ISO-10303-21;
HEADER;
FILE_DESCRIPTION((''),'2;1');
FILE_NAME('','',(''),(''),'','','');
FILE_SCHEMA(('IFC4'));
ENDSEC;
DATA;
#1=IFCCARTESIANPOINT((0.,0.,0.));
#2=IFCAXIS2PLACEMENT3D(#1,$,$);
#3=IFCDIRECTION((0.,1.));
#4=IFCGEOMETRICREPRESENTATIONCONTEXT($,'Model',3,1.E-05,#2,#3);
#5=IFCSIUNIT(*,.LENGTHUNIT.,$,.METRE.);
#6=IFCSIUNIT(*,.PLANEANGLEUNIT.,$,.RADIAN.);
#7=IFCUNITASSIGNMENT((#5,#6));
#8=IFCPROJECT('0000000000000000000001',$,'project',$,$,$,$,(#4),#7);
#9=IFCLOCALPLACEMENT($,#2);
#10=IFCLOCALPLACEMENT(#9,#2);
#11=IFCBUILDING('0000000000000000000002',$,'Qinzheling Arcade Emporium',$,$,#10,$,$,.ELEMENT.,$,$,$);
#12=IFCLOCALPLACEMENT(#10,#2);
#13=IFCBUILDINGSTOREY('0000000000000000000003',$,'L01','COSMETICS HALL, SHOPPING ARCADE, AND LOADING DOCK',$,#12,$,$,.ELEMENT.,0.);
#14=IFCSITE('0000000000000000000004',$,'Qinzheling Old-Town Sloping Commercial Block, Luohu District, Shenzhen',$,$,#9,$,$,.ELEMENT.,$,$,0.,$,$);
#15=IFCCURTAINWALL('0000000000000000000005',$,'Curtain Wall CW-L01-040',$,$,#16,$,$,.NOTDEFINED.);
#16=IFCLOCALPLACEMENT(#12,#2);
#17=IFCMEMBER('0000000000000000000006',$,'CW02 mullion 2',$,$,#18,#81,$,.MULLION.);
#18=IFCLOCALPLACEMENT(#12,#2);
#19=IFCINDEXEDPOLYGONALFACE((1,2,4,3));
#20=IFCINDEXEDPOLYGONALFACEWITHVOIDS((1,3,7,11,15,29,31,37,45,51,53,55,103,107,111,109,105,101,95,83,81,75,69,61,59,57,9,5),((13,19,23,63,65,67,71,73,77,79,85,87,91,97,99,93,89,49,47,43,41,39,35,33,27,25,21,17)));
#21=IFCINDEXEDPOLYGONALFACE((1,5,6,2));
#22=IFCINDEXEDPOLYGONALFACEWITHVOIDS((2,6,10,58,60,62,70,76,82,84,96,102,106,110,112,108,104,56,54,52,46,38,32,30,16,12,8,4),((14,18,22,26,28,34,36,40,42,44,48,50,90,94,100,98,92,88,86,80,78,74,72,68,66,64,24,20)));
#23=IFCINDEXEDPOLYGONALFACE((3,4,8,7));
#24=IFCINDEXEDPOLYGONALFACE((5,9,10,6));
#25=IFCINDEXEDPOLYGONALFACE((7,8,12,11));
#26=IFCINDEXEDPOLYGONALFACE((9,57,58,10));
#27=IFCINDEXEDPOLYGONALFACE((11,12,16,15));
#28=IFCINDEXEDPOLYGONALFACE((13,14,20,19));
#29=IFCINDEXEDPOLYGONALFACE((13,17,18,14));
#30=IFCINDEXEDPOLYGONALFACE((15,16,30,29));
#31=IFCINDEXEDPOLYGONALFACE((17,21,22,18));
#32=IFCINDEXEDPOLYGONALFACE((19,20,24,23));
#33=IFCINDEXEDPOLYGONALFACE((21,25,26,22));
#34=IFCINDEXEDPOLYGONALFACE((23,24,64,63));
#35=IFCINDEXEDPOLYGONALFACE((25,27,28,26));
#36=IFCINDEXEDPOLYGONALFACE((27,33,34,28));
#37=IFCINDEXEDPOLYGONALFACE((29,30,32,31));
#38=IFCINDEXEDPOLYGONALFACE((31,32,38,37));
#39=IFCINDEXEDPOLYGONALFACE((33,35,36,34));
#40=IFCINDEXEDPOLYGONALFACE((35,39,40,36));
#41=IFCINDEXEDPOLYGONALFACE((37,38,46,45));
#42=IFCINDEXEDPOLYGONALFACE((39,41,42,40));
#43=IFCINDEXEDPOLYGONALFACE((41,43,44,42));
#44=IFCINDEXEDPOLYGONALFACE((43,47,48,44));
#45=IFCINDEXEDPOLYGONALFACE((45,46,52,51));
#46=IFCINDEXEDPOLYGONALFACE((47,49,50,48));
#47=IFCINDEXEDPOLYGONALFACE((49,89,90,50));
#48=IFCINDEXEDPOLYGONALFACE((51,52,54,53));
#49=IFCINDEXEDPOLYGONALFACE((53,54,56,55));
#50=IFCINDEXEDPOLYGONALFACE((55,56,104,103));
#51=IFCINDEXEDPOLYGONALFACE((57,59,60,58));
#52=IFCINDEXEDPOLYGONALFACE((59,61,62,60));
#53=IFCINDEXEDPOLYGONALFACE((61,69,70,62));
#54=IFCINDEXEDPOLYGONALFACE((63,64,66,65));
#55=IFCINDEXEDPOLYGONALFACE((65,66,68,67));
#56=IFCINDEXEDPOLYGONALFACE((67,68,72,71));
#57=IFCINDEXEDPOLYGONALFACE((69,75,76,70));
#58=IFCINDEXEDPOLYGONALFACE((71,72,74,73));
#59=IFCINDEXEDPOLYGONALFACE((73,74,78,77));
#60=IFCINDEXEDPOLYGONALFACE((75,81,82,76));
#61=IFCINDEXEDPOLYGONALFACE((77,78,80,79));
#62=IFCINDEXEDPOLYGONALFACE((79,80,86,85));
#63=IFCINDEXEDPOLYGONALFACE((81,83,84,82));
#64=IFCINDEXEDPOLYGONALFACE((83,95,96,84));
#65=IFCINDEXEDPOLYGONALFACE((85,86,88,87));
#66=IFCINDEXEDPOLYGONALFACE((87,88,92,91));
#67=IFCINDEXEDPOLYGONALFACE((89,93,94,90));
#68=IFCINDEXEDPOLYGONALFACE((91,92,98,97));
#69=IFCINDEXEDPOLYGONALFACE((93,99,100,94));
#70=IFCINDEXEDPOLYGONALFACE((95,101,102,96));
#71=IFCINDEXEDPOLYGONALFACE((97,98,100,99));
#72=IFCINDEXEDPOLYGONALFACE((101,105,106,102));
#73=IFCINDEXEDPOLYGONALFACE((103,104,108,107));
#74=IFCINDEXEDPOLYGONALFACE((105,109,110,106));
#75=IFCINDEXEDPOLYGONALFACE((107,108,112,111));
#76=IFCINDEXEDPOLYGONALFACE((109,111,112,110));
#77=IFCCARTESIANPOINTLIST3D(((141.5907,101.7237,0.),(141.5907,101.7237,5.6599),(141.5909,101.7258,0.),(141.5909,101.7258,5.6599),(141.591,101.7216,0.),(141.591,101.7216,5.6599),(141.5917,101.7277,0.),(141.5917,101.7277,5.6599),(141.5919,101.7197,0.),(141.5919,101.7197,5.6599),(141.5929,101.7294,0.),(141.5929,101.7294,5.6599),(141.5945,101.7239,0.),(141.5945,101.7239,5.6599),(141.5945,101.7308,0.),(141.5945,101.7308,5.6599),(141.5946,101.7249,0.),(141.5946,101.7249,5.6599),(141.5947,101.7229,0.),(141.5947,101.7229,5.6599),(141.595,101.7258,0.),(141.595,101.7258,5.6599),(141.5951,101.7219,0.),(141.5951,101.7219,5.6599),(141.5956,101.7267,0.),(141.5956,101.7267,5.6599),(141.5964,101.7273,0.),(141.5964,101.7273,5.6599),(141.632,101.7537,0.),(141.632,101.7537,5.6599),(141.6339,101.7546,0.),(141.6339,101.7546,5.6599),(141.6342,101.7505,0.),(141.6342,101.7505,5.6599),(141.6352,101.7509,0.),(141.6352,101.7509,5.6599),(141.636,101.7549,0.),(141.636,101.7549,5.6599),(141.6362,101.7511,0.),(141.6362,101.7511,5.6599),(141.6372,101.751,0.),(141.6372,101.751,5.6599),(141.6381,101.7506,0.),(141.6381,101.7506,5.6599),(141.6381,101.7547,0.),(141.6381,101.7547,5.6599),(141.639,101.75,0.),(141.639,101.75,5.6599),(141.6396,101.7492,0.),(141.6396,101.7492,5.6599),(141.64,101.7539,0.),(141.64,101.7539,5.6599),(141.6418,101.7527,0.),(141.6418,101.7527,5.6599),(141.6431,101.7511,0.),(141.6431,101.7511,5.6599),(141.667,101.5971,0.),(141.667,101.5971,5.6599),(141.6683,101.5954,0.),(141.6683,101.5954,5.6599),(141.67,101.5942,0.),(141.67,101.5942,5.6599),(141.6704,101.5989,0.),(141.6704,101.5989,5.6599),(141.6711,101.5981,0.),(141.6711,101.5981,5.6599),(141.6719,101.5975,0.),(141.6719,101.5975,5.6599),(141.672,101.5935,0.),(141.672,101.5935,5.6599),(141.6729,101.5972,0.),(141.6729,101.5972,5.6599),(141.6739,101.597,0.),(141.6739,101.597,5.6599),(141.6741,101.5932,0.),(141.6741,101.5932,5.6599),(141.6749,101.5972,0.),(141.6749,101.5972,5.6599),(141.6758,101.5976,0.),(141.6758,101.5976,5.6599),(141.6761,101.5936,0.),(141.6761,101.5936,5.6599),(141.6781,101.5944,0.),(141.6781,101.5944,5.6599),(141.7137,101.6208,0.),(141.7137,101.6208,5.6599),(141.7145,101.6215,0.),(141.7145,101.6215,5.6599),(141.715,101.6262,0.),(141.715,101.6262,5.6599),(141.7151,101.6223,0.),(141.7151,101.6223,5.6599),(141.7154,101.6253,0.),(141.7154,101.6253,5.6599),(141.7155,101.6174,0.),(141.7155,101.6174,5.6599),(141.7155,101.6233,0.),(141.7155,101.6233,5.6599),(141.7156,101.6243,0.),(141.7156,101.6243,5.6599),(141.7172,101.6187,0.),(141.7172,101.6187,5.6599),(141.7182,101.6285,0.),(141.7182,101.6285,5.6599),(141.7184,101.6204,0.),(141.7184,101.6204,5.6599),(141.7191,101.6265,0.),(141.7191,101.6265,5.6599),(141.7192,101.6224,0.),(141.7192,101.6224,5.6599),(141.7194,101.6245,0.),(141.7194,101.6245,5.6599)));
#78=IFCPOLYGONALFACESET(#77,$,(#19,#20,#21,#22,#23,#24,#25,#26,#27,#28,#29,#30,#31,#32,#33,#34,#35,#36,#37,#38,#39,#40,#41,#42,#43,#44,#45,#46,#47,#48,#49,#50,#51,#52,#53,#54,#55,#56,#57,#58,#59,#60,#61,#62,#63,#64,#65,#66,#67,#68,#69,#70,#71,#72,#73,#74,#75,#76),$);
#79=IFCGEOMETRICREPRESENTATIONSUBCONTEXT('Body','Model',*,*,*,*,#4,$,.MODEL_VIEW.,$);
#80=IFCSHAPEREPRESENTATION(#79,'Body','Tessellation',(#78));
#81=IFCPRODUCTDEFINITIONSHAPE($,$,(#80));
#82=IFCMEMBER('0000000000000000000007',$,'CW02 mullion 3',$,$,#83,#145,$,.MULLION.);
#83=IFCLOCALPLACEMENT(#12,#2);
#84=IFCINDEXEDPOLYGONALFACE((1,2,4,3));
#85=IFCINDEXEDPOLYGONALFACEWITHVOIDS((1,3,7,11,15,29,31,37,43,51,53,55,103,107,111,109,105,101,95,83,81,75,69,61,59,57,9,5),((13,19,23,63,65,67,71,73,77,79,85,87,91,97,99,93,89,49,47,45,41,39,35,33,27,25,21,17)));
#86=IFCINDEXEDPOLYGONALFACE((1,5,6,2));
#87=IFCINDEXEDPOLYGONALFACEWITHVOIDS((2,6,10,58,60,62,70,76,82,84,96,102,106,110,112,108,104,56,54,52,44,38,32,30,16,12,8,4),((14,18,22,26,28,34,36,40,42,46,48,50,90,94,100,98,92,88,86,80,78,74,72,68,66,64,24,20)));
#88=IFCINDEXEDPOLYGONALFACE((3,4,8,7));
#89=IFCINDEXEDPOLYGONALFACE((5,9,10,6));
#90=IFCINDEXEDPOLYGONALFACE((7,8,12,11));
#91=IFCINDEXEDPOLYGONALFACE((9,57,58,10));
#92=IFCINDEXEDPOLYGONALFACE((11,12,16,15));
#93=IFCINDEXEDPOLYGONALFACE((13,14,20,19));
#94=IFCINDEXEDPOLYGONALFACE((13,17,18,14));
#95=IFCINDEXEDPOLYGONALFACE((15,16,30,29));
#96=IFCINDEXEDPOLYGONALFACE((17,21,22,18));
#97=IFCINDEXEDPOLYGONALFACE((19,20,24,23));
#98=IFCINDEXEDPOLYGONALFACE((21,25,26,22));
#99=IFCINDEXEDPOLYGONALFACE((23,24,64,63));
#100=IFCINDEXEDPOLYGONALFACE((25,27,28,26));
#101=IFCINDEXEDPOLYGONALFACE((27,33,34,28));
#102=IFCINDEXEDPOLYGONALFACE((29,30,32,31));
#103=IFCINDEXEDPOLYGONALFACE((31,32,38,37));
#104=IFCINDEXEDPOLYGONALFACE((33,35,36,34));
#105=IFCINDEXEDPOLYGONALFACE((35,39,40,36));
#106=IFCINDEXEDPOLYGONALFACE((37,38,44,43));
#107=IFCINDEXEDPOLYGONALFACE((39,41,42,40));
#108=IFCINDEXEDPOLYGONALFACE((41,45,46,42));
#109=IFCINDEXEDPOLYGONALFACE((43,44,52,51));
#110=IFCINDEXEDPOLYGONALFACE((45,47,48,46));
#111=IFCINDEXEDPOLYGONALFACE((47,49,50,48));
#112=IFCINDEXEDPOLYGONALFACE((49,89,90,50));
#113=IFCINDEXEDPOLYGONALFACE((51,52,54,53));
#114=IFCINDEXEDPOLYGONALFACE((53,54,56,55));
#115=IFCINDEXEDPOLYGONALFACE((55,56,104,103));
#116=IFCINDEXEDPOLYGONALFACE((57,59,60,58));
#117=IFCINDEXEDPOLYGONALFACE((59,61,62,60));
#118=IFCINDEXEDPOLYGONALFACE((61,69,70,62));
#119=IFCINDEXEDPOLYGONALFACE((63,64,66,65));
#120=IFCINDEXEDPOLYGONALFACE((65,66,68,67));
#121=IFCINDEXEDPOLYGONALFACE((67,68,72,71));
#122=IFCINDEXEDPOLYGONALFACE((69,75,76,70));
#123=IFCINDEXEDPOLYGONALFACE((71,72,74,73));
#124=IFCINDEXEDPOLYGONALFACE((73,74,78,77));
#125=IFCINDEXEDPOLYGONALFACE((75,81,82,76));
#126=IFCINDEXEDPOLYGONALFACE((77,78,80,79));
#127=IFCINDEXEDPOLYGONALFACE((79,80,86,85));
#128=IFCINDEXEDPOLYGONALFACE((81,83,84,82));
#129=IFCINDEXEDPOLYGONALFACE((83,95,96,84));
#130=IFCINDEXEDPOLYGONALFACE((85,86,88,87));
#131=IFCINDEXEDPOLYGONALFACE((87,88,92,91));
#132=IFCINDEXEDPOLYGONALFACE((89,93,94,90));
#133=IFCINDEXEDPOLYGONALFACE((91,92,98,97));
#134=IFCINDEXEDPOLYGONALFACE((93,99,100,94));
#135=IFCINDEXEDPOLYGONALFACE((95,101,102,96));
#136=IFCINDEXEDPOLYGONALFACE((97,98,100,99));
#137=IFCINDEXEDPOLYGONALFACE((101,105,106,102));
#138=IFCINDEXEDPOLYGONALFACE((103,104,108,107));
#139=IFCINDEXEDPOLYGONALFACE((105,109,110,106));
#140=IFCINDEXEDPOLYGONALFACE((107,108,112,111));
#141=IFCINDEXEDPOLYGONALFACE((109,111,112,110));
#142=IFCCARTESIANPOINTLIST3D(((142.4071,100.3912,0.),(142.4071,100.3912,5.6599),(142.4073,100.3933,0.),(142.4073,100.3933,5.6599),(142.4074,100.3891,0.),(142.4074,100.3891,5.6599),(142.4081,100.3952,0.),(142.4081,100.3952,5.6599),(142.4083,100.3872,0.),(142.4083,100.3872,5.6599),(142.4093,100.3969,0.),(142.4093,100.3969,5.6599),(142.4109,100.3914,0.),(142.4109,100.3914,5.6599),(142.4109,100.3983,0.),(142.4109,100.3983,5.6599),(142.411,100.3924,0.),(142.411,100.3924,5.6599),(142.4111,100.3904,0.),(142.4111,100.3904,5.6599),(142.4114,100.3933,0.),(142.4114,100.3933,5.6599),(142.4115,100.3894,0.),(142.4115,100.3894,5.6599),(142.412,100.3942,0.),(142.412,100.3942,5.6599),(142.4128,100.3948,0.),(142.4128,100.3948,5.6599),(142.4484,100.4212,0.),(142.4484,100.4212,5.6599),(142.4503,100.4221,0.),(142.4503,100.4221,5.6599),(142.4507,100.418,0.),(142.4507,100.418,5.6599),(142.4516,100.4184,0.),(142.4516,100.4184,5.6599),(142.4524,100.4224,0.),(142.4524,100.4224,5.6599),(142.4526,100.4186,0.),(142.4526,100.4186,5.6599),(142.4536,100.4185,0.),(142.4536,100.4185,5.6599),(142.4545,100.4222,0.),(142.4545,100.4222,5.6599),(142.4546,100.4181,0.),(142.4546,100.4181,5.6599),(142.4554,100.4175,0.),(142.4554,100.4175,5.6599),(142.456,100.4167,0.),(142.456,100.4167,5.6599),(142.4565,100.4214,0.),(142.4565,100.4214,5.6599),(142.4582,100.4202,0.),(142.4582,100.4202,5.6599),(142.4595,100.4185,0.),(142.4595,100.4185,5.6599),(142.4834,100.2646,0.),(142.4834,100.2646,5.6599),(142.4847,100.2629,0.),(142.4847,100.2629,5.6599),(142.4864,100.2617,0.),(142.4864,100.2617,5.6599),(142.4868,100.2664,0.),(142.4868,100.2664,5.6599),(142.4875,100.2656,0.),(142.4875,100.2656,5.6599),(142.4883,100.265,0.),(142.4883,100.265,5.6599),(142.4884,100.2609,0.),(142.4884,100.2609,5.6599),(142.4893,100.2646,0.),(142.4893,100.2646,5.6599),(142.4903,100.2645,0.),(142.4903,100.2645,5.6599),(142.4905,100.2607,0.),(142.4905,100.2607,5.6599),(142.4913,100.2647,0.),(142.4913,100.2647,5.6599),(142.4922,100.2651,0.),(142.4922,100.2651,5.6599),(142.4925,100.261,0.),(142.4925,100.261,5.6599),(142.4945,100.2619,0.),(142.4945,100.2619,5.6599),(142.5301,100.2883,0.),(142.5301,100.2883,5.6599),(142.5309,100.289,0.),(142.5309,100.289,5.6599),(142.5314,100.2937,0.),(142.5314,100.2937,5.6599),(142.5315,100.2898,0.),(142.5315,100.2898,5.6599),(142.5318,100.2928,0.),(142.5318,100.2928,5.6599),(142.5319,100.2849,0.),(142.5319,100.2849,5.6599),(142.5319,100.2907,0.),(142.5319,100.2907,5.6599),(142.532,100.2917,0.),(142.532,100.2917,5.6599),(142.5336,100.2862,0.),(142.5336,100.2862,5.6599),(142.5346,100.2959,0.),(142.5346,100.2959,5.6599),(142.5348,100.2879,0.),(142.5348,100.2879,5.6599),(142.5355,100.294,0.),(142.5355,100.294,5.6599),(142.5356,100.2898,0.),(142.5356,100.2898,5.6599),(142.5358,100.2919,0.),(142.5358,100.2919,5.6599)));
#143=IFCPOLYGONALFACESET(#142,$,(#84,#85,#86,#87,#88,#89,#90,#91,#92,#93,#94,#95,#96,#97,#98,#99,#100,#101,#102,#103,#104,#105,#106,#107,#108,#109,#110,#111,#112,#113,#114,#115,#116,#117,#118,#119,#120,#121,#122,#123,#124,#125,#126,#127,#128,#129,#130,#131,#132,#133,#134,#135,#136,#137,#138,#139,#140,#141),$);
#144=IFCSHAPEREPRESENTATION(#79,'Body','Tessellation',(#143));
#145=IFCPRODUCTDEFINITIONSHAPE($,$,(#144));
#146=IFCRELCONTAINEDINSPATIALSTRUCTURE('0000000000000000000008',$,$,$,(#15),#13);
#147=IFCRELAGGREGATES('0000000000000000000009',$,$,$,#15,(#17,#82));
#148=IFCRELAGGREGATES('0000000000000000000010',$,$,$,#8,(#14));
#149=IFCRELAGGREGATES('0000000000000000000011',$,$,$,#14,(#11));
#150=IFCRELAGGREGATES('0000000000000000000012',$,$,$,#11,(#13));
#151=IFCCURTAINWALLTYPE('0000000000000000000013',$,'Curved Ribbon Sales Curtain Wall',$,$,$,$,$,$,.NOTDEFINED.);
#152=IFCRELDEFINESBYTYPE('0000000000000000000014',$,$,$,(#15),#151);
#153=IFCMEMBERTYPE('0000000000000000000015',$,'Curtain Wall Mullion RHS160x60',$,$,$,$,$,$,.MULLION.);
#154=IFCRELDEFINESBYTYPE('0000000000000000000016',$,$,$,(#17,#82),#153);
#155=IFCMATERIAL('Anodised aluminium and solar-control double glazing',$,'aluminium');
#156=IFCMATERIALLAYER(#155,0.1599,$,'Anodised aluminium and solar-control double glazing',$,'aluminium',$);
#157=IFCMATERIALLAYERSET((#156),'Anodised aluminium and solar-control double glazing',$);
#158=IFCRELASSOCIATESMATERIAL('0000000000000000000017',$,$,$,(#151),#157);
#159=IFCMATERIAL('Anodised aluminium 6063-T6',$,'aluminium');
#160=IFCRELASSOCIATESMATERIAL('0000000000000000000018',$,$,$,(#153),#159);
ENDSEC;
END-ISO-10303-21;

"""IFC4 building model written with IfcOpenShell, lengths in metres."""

from ifc_helpers import new_model, si_unit, direction, frame, origin, origin_2d, place, context, subcontext, project, spatial, hollow_rectangle, extrude, material, layer, layer_set, material_profile, profile_set, type_object, element, aggregate, save


model = new_model("IFC4")

# Units and contexts
model_context = context("Model", 3, precision=1e-05, world=origin(), true_north=direction((0.0, 1.0)))
body_context = subcontext(model_context, "Body", "Model", "MODEL_VIEW")
ifc_project = project(units=[si_unit("LENGTHUNIT", "METRE"), si_unit("PLANEANGLEUNIT", "RADIAN")], contexts=[model_context])

# Site, building, storey
site_placement = place(None, origin())
site = spatial("IfcSite", under=ifc_project, at=site_placement, Name="Qinzheling Old-Town Sloping Commercial Block, Luohu District, Shenzhen", CompositionType="ELEMENT", RefElevation=0.0)
building_placement = place(site_placement, origin())
building = spatial("IfcBuilding", under=site, at=building_placement, Name="Qinzheling Arcade Emporium", CompositionType="ELEMENT")
storey_placement = place(building_placement, origin())
storey = spatial("IfcBuildingStorey", under=building, at=storey_placement, Name="L01", Description="COSMETICS HALL, SHOPPING ARCADE, AND LOADING DOCK", CompositionType="ELEMENT", Elevation=0.0)

# Shared definitions
ifc_material_1 = material(Name="Anodised aluminium and solar-control double glazing", Category="aluminium")
ifc_layer_1 = layer(ifc_material_1, 0.1599, Name="Anodised aluminium and solar-control double glazing", Category="aluminium")
ifc_layer_set_1 = layer_set([ifc_layer_1], Name="Anodised aluminium and solar-control double glazing")
curtain_wall_type = type_object("IfcCurtainWallType", Name="Curved Ribbon Sales Curtain Wall", PredefinedType="NOTDEFINED", material=ifc_layer_set_1)
ifc_material_2 = material(Name="Anodised aluminium 6063-T6", Category="aluminium")
ifc_material_profile_1 = material_profile(ifc_material_2, hollow_rectangle(XDim=0.0601, YDim=0.1599, WallThickness=0.0039, InnerFilletRadius=0.0039, OuterFilletRadius=0.0081, at=origin_2d()), Name="RHS 160x60x4", Category="aluminium")
ifc_profile_set_1 = profile_set([ifc_material_profile_1], Name="Anodised aluminium 6063-T6")
member_type_1 = type_object("IfcMemberType", Name="Curtain Wall Mullion RHS160x60", PredefinedType="MULLION", material=ifc_profile_set_1)

# Curtain wall, members
curtain_wall_1_placement = place(storey_placement, origin())
curtain_wall_1 = element("IfcCurtainWall", 1, at=curtain_wall_1_placement, inside=storey, type_object=curtain_wall_type, Name="Curtain Wall CW-L01-040", PredefinedType="NOTDEFINED")
member_1_placement = place(storey_placement, frame((141.655, 101.6741, 0.0), z_axis=(0.0, 0.0, 1.0), x_axis=(0.852691, 0.522415, 0.0)))
member_1 = element("IfcMember", 2, at=member_1_placement, type_object=member_type_1, Name="CW02 mullion 2", PredefinedType="MULLION", context=body_context, shape_type="SweptSolid", body=[
    extrude(hollow_rectangle(XDim=0.0601, YDim=0.1599, WallThickness=0.0039, InnerFilletRadius=0.0039, OuterFilletRadius=0.0081, at=origin_2d()), origin(), (0.0, 0.0, 1.0), 5.6599),
])
member_2_placement = place(storey_placement, frame((142.4714, 100.3416, 0.0), z_axis=(0.0, 0.0, 1.0), x_axis=(0.852691, 0.522415, 0.0)))
member_2 = element("IfcMember", 3, at=member_2_placement, type_object=member_type_1, Name="CW02 mullion 3", PredefinedType="MULLION", context=body_context, shape_type="SweptSolid", body=[
    extrude(hollow_rectangle(XDim=0.0601, YDim=0.1599, WallThickness=0.0039, InnerFilletRadius=0.0039, OuterFilletRadius=0.0081, at=origin_2d()), origin(), (0.0, 0.0, 1.0), 5.6599),
])

aggregate(curtain_wall_1, [member_1, member_2])

save(model, "model.ifc")
